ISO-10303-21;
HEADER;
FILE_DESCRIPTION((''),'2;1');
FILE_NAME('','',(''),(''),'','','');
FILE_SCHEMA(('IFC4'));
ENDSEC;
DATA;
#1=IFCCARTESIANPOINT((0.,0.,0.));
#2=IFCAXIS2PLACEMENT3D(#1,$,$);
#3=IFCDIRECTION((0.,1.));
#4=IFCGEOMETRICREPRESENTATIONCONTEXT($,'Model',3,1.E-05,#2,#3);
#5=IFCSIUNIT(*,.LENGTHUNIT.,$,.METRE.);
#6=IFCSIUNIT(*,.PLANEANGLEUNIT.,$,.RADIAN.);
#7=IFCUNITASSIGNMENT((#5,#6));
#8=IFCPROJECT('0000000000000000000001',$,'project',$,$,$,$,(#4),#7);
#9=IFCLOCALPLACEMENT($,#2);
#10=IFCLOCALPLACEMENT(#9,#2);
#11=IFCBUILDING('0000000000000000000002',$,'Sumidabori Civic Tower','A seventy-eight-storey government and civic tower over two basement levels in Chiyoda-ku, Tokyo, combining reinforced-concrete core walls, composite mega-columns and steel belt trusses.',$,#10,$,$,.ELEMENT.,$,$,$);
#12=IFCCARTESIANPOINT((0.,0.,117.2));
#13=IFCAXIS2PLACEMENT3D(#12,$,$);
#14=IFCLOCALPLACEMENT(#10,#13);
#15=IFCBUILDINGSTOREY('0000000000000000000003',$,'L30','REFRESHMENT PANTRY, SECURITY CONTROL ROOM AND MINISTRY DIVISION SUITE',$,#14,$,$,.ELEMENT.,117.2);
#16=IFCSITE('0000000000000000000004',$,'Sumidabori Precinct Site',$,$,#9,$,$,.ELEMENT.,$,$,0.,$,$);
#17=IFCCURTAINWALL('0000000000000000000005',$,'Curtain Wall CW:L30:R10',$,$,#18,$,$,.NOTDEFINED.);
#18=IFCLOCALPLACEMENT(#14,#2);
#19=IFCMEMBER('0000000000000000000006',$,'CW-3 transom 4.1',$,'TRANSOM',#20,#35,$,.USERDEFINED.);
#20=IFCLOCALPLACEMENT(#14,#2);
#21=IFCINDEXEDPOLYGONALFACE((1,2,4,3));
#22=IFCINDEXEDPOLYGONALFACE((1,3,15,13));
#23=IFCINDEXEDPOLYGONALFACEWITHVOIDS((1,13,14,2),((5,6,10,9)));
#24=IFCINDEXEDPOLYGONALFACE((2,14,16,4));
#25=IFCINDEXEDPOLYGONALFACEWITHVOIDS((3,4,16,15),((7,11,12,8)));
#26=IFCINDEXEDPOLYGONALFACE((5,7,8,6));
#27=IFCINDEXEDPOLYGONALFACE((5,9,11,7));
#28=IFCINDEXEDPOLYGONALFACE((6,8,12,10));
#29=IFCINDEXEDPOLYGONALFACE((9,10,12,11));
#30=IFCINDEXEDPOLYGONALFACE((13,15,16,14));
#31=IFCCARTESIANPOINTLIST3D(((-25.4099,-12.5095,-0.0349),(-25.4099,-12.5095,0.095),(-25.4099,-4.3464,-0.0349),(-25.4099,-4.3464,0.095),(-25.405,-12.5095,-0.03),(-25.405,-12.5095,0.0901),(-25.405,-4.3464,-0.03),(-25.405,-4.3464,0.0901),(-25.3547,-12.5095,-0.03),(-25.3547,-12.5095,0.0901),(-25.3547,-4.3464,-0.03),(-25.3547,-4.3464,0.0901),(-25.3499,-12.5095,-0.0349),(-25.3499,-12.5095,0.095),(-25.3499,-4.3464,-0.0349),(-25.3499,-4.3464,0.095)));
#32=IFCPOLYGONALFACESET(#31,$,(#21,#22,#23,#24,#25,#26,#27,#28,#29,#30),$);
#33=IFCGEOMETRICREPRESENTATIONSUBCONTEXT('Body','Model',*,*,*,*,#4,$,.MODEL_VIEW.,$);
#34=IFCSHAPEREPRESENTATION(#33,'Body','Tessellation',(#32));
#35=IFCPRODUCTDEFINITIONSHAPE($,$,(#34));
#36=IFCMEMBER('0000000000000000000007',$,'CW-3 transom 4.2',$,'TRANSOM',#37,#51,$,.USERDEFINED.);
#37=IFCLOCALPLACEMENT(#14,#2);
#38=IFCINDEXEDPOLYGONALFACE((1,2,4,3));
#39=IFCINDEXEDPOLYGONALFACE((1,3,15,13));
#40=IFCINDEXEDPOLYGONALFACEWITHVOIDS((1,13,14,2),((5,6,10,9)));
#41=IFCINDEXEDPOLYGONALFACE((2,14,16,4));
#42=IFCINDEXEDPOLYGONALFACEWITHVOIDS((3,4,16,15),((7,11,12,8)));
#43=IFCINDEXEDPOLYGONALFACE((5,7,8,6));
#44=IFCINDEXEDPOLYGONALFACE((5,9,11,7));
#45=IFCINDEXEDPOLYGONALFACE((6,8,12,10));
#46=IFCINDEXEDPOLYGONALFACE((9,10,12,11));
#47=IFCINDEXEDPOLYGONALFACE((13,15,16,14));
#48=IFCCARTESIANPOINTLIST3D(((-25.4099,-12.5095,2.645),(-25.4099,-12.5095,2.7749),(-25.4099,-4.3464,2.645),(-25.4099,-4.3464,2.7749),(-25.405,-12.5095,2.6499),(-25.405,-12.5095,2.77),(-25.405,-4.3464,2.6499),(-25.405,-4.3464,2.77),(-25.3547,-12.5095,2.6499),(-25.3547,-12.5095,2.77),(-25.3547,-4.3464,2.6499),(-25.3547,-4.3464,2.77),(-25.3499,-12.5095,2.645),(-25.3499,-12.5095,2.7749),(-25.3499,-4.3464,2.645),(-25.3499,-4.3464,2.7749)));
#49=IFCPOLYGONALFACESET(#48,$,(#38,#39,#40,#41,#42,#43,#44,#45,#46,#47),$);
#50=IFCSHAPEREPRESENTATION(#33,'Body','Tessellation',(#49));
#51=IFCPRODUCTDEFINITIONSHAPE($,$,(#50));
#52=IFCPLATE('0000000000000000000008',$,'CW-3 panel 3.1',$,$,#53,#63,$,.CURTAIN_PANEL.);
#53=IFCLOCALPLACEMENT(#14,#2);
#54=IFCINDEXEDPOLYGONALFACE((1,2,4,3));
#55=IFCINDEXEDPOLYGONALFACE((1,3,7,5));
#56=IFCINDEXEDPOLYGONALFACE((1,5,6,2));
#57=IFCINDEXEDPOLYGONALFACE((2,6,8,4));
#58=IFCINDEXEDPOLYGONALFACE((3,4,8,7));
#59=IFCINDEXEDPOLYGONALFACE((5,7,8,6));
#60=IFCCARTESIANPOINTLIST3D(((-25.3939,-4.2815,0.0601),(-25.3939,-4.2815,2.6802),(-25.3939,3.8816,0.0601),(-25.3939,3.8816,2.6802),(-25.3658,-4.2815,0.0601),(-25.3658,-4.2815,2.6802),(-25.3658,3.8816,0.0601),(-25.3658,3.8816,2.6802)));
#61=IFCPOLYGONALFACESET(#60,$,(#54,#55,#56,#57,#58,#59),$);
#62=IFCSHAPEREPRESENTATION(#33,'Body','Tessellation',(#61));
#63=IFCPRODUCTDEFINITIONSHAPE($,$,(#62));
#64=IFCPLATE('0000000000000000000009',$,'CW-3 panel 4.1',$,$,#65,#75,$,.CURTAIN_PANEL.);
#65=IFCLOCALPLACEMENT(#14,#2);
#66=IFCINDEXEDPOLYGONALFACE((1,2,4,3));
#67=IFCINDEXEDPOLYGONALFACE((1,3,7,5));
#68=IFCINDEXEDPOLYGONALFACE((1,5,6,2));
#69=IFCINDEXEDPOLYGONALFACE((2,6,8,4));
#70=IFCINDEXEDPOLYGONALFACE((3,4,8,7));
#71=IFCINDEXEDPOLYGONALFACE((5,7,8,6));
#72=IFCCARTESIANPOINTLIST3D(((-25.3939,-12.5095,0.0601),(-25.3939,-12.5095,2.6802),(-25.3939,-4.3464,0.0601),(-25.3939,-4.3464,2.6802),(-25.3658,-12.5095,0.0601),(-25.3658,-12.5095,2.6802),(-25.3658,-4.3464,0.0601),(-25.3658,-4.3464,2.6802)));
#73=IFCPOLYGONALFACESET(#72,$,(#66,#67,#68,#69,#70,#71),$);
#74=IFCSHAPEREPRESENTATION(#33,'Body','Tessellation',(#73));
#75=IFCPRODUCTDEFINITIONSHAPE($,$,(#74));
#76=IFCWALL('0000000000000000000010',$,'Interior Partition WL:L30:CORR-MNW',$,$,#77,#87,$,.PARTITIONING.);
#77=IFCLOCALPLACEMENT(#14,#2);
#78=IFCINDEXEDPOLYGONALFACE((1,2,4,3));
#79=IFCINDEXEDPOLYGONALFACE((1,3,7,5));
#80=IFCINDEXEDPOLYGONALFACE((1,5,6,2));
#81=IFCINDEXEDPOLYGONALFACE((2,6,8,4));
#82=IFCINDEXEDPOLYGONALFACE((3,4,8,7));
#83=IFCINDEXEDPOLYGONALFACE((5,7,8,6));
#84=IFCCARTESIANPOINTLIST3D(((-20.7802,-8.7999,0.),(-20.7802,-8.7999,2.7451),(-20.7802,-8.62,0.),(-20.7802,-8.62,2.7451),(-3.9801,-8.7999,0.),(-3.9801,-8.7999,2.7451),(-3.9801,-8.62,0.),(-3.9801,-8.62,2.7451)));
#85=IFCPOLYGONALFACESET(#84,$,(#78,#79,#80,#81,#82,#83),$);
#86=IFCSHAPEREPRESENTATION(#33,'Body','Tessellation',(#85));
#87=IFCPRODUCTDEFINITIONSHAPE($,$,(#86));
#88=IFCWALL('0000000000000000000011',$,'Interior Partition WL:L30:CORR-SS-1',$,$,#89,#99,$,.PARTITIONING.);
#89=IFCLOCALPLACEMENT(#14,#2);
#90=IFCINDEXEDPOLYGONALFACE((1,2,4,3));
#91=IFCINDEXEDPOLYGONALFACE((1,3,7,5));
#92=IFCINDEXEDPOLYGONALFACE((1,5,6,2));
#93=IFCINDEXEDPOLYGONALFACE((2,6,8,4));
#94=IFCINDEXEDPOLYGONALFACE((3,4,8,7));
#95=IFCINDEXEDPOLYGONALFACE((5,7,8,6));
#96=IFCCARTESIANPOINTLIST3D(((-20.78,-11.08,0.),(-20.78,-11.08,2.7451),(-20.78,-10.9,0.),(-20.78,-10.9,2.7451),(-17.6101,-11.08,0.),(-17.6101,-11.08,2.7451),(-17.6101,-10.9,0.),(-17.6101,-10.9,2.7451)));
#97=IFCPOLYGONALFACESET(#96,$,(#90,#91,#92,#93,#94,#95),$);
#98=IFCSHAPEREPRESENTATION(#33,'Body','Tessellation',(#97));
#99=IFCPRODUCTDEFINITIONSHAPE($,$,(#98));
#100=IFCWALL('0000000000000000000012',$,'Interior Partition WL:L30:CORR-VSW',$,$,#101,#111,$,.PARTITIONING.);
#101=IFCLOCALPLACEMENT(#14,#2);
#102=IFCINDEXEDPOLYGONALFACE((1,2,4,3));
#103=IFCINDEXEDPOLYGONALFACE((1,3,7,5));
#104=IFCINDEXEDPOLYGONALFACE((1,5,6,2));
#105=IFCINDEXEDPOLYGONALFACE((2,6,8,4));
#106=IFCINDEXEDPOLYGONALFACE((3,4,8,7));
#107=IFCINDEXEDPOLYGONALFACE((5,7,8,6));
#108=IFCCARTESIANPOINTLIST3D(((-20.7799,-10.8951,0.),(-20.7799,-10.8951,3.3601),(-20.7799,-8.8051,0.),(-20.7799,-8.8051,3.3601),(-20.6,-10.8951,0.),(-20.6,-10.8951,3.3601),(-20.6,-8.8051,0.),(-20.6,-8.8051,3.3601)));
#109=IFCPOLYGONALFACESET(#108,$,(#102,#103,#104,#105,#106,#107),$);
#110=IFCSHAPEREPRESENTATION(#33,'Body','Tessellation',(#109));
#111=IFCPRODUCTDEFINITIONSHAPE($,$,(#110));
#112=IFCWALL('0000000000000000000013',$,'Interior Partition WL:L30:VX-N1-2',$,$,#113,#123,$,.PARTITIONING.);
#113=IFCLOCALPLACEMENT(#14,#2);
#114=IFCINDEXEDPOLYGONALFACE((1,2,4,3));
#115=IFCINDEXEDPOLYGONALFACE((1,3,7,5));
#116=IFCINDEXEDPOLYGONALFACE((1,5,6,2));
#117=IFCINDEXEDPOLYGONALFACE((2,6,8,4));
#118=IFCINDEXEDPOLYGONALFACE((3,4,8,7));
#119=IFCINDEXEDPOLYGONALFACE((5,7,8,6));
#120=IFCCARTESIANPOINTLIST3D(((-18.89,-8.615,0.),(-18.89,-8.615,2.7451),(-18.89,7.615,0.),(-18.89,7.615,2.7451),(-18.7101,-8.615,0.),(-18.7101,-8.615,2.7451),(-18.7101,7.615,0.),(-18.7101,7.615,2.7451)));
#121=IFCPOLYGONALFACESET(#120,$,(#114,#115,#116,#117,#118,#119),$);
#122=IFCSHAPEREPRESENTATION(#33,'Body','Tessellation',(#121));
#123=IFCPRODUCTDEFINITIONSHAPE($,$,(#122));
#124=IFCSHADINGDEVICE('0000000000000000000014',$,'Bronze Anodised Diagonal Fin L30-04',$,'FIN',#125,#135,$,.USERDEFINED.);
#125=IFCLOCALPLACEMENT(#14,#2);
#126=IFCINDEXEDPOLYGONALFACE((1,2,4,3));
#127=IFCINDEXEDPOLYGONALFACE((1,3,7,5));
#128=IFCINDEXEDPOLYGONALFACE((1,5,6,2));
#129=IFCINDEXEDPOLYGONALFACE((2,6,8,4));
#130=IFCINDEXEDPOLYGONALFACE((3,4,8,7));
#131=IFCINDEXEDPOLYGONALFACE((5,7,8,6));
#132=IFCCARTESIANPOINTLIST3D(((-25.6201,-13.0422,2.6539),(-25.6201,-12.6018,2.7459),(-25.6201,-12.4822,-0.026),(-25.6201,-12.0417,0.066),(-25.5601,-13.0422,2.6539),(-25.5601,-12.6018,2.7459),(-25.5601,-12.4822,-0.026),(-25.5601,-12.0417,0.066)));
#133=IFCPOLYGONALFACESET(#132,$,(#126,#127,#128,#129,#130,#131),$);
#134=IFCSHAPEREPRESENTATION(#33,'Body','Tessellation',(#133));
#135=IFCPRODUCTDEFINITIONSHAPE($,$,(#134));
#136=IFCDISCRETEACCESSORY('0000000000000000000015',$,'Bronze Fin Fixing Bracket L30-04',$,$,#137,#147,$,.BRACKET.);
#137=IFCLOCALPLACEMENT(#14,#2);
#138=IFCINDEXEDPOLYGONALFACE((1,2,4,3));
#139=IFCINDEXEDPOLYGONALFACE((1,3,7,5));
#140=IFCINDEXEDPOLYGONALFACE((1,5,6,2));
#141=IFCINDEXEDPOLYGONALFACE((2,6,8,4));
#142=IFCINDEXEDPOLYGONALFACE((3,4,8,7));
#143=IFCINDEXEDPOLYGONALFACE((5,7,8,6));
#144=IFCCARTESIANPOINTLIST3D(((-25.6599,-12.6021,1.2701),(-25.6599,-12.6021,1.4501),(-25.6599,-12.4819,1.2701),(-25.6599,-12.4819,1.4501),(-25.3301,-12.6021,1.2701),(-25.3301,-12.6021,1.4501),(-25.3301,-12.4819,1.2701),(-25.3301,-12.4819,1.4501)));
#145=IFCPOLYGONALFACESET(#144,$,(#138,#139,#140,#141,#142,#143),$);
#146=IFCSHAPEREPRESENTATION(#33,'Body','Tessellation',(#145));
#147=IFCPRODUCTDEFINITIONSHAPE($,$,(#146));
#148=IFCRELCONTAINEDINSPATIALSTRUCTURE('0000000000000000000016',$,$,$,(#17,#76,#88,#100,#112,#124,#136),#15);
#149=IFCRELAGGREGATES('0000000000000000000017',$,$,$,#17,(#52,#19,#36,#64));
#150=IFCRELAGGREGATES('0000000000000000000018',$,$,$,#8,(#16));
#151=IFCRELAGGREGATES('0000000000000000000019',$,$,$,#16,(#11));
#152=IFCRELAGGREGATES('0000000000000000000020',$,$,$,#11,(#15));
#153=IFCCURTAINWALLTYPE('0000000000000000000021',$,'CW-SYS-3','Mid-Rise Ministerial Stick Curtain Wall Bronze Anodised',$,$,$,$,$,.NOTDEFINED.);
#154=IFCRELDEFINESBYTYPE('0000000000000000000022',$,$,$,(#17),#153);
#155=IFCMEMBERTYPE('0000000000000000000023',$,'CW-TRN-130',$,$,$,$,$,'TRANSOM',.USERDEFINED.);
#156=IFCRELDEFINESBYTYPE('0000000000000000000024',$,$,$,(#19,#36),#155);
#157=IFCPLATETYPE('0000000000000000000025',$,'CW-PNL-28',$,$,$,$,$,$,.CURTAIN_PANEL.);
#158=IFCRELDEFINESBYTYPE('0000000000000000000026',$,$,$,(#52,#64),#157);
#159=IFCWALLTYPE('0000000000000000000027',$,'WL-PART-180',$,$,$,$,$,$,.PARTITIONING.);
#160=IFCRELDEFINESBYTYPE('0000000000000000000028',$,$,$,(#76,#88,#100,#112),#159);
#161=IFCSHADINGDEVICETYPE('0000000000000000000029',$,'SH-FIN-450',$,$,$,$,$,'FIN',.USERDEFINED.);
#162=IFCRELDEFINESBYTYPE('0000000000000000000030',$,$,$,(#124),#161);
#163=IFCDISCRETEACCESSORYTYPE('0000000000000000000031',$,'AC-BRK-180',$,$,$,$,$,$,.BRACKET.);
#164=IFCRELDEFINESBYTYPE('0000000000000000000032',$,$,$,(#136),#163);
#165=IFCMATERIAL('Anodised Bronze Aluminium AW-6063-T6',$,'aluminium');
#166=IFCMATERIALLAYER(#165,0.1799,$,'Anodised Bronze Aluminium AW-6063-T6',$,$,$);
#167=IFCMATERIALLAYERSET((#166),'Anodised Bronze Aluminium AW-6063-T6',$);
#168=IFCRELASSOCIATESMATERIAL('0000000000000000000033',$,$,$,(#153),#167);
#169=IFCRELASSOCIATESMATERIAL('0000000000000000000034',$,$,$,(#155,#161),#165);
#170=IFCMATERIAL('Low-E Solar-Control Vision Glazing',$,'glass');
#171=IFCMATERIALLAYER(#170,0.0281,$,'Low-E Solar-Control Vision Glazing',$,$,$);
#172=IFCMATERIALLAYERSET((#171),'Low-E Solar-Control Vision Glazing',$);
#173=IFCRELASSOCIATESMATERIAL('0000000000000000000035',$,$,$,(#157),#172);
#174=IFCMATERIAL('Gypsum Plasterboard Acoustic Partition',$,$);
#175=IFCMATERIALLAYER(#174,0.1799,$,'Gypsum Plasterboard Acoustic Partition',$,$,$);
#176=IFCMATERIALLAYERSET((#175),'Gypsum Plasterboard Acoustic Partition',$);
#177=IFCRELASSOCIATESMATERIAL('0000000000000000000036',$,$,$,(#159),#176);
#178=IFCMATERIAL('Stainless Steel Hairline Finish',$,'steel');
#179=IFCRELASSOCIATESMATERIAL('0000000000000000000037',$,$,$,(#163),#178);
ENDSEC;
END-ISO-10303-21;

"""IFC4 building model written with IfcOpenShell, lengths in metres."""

from ifc_helpers import new_model, si_unit, direction, frame, frame_2d, origin, origin_2d, place, context, subcontext, project, spatial, rectangle, hollow_rectangle, extrude, source, transform, mapped, material, layer, layer_set, material_profile, profile_set, type_object, element, aggregate, save


model = new_model("IFC4")

# Units and contexts
model_context = context("Model", 3, precision=1e-05, world=origin(), true_north=direction((0.0, 1.0)))
body_context = subcontext(model_context, "Body", "Model", "MODEL_VIEW")
ifc_project = project(units=[si_unit("LENGTHUNIT", "METRE"), si_unit("PLANEANGLEUNIT", "RADIAN")], contexts=[model_context])

# Site, building, storey
site_placement = place(None, origin())
site = spatial("IfcSite", under=ifc_project, at=site_placement, Name="Sumidabori Precinct Site", CompositionType="ELEMENT", RefElevation=0.0)
building_placement = place(site_placement, origin())
building = spatial("IfcBuilding", under=site, at=building_placement, Name="Sumidabori Civic Tower", Description="A seventy-eight-storey government and civic tower over two basement levels in Chiyoda-ku, Tokyo, combining reinforced-concrete core walls, composite mega-columns and steel belt trusses.", CompositionType="ELEMENT")
storey_placement = place(building_placement, frame((0.0, 0.0, 117.2)))
storey = spatial("IfcBuildingStorey", under=building, at=storey_placement, Name="L30", Description="REFRESHMENT PANTRY, SECURITY CONTROL ROOM AND MINISTRY DIVISION SUITE", CompositionType="ELEMENT", Elevation=117.2)

# Curtain wall, members, plates
ifc_material_1 = material(Name="Anodised Bronze Aluminium AW-6063-T6", Category="aluminium")
ifc_layer_1 = layer(ifc_material_1, 0.1799, Name="Anodised Bronze Aluminium AW-6063-T6")
ifc_layer_set_1 = layer_set([ifc_layer_1], Name="Anodised Bronze Aluminium AW-6063-T6")
curtain_wall_type = type_object("IfcCurtainWallType", Name="CW-SYS-3", Description="Mid-Rise Ministerial Stick Curtain Wall Bronze Anodised", PredefinedType="NOTDEFINED", material=ifc_layer_set_1)
curtain_wall_placement = place(storey_placement, origin())
curtain_wall = element("IfcCurtainWall", 1, at=curtain_wall_placement, inside=storey, type_object=curtain_wall_type, Name="Curtain Wall CW:L30:R10", PredefinedType="NOTDEFINED")
ifc_material_profile_1 = material_profile(ifc_material_1, hollow_rectangle(XDim=0.0601, YDim=0.1299, WallThickness=0.0049, at=origin_2d()), Name="ALU TRANSOM 130x60")
ifc_profile_set_1 = profile_set([ifc_material_profile_1], Name="Anodised Bronze Aluminium AW-6063-T6")
member_type_1 = type_object("IfcMemberType", Name="CW-TRN-130", ElementType="TRANSOM", PredefinedType="USERDEFINED", material=ifc_profile_set_1)
shared_shape_1 = source(origin(), body_context, "Body", "SweptSolid", [
    extrude(hollow_rectangle(XDim=0.0601, YDim=0.1299, WallThickness=0.0049, at=origin_2d()), origin(), (0.0, 0.0, 1.0), 8.1631),
])
member_1_placement = place(storey_placement, frame((-25.3799, -4.3464, 0.03), z_axis=(0.0, -1.0, 0.0), x_axis=(1.0, 0.0, 0.0)))
member_1 = element("IfcMember", 2, at=member_1_placement, type_object=member_type_1, Name="CW-3 transom 4.1", ObjectType="TRANSOM", PredefinedType="USERDEFINED", context=body_context, shape_type="MappedRepresentation", body=[
    mapped(shared_shape_1, transform((0.0, 0.0, 0.0), x_axis=(1.0, 0.0, 0.0), y_axis=(0.0, 1.0, 0.0), z_axis=(0.0, 0.0, 1.0), scale=1.0)),
])
member_2_placement = place(storey_placement, frame((-25.3799, -4.3464, 2.71), z_axis=(0.0, -1.0, 0.0), x_axis=(1.0, 0.0, 0.0)))
member_2 = element("IfcMember", 3, at=member_2_placement, type_object=member_type_1, Name="CW-3 transom 4.2", ObjectType="TRANSOM", PredefinedType="USERDEFINED", context=body_context, shape_type="MappedRepresentation", body=[
    mapped(shared_shape_1, transform((0.0, 0.0, 0.0), x_axis=(1.0, 0.0, 0.0), y_axis=(0.0, 1.0, 0.0), z_axis=(0.0, 0.0, 1.0), scale=1.0)),
])
ifc_material_2 = material(Name="Low-E Solar-Control Vision Glazing", Category="glass")
ifc_layer_2 = layer(ifc_material_2, 0.0281, Name="Low-E Solar-Control Vision Glazing")
ifc_layer_set_2 = layer_set([ifc_layer_2], Name="Low-E Solar-Control Vision Glazing")
plate_type = type_object("IfcPlateType", Name="CW-PNL-28", PredefinedType="CURTAIN_PANEL", material=ifc_layer_set_2)
shared_shape_2 = source(origin(), body_context, "Body", "SweptSolid", [
    extrude(rectangle(XDim=8.1631, YDim=0.0281, at=origin_2d()), origin(), (0.0, 0.0, 1.0), 2.6201),
])
plate_1_placement = place(storey_placement, frame((-25.3799, -0.2, 0.0601), z_axis=(0.0, 0.0, 1.0), x_axis=(0.0, -1.0, 0.0)))
plate_1 = element("IfcPlate", 4, at=plate_1_placement, type_object=plate_type, Name="CW-3 panel 3.1", PredefinedType="CURTAIN_PANEL", context=body_context, shape_type="MappedRepresentation", body=[
    mapped(shared_shape_2, transform((0.0, 0.0, 0.0), x_axis=(1.0, 0.0, 0.0), y_axis=(0.0, 1.0, 0.0), z_axis=(0.0, 0.0, 1.0), scale=1.0)),
])
plate_2_placement = place(storey_placement, frame((-25.3799, -8.428, 0.0601), z_axis=(0.0, 0.0, 1.0), x_axis=(0.0, -1.0, 0.0)))
plate_2 = element("IfcPlate", 5, at=plate_2_placement, type_object=plate_type, Name="CW-3 panel 4.1", PredefinedType="CURTAIN_PANEL", context=body_context, shape_type="MappedRepresentation", body=[
    mapped(shared_shape_2, transform((0.0, 0.0, 0.0), x_axis=(1.0, 0.0, 0.0), y_axis=(0.0, 1.0, 0.0), z_axis=(0.0, 0.0, 1.0), scale=1.0)),
])
aggregate(curtain_wall, [plate_1, member_1, member_2, plate_2])

# Walls
ifc_material_3 = material(Name="Gypsum Plasterboard Acoustic Partition")
ifc_layer_3 = layer(ifc_material_3, 0.1799, Name="Gypsum Plasterboard Acoustic Partition")
ifc_layer_set_3 = layer_set([ifc_layer_3], Name="Gypsum Plasterboard Acoustic Partition")
wall_type = type_object("IfcWallType", Name="WL-PART-180", PredefinedType="PARTITIONING", material=ifc_layer_set_3)
shared_shape_3 = source(origin(), body_context, "Body", "SweptSolid", [
    extrude(rectangle(XDim=16.8, YDim=0.1799, at=frame_2d((8.3999, 0.0))), origin(), (0.0, 0.0, 1.0), 2.7451),
])
wall_1_placement = place(storey_placement, frame((-20.78, -8.71, 0.0), z_axis=(0.0, 0.0, 1.0), x_axis=(1.0, 0.0, 0.0)))
element("IfcWall", 6, at=wall_1_placement, inside=storey, type_object=wall_type, Name="Interior Partition WL:L30:CORR-MNW", PredefinedType="PARTITIONING", context=body_context, shape_type="MappedRepresentation", body=[
    mapped(shared_shape_3, transform((0.0, 0.0, 0.0), x_axis=(1.0, 0.0, 0.0), y_axis=(0.0, 1.0, 0.0), z_axis=(0.0, 0.0, 1.0), scale=1.0)),
])
shared_shape_4 = source(origin(), body_context, "Body", "SweptSolid", [
    extrude(rectangle(XDim=3.1699, YDim=0.1799, at=frame_2d((1.585, 0.0))), origin(), (0.0, 0.0, 1.0), 2.7451),
])
wall_2_placement = place(storey_placement, frame((-20.78, -10.99, 0.0), z_axis=(0.0, 0.0, 1.0), x_axis=(1.0, 0.0, 0.0)))
element("IfcWall", 7, at=wall_2_placement, inside=storey, type_object=wall_type, Name="Interior Partition WL:L30:CORR-SS-1", PredefinedType="PARTITIONING", context=body_context, shape_type="MappedRepresentation", body=[
    mapped(shared_shape_4, transform((0.0, 0.0, 0.0), x_axis=(1.0, 0.0, 0.0), y_axis=(0.0, 1.0, 0.0), z_axis=(0.0, 0.0, 1.0), scale=1.0)),
])
shared_shape_5 = source(origin(), body_context, "Body", "SweptSolid", [
    extrude(rectangle(XDim=2.0901, YDim=0.1799, at=frame_2d((1.0449, 0.0))), origin(), (0.0, 0.0, 1.0), 3.3601),
])
wall_3_placement = place(storey_placement, frame((-20.6899, -10.895, 0.0), z_axis=(0.0, 0.0, 1.0), x_axis=(0.0, 1.0, 0.0)))
element("IfcWall", 8, at=wall_3_placement, inside=storey, type_object=wall_type, Name="Interior Partition WL:L30:CORR-VSW", PredefinedType="PARTITIONING", context=body_context, shape_type="MappedRepresentation", body=[
    mapped(shared_shape_5, transform((0.0, 0.0, 0.0), x_axis=(1.0, 0.0, 0.0), y_axis=(0.0, 1.0, 0.0), z_axis=(0.0, 0.0, 1.0), scale=1.0)),
])
shared_shape_6 = source(origin(), body_context, "Body", "SweptSolid", [
    extrude(rectangle(XDim=16.23, YDim=0.1799, at=frame_2d((8.115, 0.0))), origin(), (0.0, 0.0, 1.0), 2.7451),
])
wall_4_placement = place(storey_placement, frame((-18.8, -8.615, 0.0), z_axis=(0.0, 0.0, 1.0), x_axis=(0.0, 1.0, 0.0)))
element("IfcWall", 9, at=wall_4_placement, inside=storey, type_object=wall_type, Name="Interior Partition WL:L30:VX-N1-2", PredefinedType="PARTITIONING", context=body_context, shape_type="MappedRepresentation", body=[
    mapped(shared_shape_6, transform((0.0, 0.0, 0.0), x_axis=(1.0, 0.0, 0.0), y_axis=(0.0, 1.0, 0.0), z_axis=(0.0, 0.0, 1.0), scale=1.0)),
])

# Shading device
ifc_material_profile_2 = material_profile(ifc_material_1, rectangle(XDim=0.0601, YDim=0.45, at=origin_2d()), Name="BRONZE FIN 450x60")
ifc_profile_set_2 = profile_set([ifc_material_profile_2], Name="Anodised Bronze Aluminium AW-6063-T6")
shading_device_type = type_object("IfcShadingDeviceType", Name="SH-FIN-450", ElementType="FIN", PredefinedType="USERDEFINED", material=ifc_profile_set_2)
shared_shape_7 = source(origin(), body_context, "Body", "SweptSolid", [
    extrude(rectangle(XDim=0.0601, YDim=0.45, at=origin_2d()), origin(), (0.0, 0.0, 1.0), 2.7378),
])
shading_device_placement = place(storey_placement, frame((-25.5901, -12.262, 0.02), z_axis=(0.0, -0.204563, 0.978853), x_axis=(-1.0, 0.0, 0.0)))
element("IfcShadingDevice", 10, at=shading_device_placement, inside=storey, type_object=shading_device_type, Name="Bronze Anodised Diagonal Fin L30-04", ObjectType="FIN", PredefinedType="USERDEFINED", context=body_context, shape_type="MappedRepresentation", body=[
    mapped(shared_shape_7, transform((0.0, 0.0, 0.0), x_axis=(1.0, 0.0, 0.0), y_axis=(0.0, 1.0, 0.0), z_axis=(0.0, 0.0, 1.0), scale=1.0)),
])

# Discrete accessory
ifc_material_4 = material(Name="Stainless Steel Hairline Finish", Category="steel")
ifc_material_profile_3 = material_profile(ifc_material_4, rectangle(XDim=0.1201, YDim=0.1799, at=origin_2d()), Name="STEEL BRACKET 180x120")
ifc_profile_set_3 = profile_set([ifc_material_profile_3], Name="Stainless Steel Hairline Finish")
discrete_accessory_type = type_object("IfcDiscreteAccessoryType", Name="AC-BRK-180", PredefinedType="BRACKET", material=ifc_profile_set_3)
shared_shape_8 = source(origin(), body_context, "Body", "SweptSolid", [
    extrude(rectangle(XDim=0.1201, YDim=0.1799, at=origin_2d()), origin(), (0.0, 0.0, 1.0), 0.3298),
])
discrete_accessory_placement = place(storey_placement, frame((-25.3301, -12.542, 1.3601), z_axis=(-1.0, 0.0, 0.0), x_axis=(0.0, -1.0, 0.0)))
element("IfcDiscreteAccessory", 11, at=discrete_accessory_placement, inside=storey, type_object=discrete_accessory_type, Name="Bronze Fin Fixing Bracket L30-04", PredefinedType="BRACKET", context=body_context, shape_type="MappedRepresentation", body=[
    mapped(shared_shape_8, transform((0.0, 0.0, 0.0), x_axis=(1.0, 0.0, 0.0), y_axis=(0.0, 1.0, 0.0), z_axis=(0.0, 0.0, 1.0), scale=1.0)),
])

save(model, "model.ifc")
